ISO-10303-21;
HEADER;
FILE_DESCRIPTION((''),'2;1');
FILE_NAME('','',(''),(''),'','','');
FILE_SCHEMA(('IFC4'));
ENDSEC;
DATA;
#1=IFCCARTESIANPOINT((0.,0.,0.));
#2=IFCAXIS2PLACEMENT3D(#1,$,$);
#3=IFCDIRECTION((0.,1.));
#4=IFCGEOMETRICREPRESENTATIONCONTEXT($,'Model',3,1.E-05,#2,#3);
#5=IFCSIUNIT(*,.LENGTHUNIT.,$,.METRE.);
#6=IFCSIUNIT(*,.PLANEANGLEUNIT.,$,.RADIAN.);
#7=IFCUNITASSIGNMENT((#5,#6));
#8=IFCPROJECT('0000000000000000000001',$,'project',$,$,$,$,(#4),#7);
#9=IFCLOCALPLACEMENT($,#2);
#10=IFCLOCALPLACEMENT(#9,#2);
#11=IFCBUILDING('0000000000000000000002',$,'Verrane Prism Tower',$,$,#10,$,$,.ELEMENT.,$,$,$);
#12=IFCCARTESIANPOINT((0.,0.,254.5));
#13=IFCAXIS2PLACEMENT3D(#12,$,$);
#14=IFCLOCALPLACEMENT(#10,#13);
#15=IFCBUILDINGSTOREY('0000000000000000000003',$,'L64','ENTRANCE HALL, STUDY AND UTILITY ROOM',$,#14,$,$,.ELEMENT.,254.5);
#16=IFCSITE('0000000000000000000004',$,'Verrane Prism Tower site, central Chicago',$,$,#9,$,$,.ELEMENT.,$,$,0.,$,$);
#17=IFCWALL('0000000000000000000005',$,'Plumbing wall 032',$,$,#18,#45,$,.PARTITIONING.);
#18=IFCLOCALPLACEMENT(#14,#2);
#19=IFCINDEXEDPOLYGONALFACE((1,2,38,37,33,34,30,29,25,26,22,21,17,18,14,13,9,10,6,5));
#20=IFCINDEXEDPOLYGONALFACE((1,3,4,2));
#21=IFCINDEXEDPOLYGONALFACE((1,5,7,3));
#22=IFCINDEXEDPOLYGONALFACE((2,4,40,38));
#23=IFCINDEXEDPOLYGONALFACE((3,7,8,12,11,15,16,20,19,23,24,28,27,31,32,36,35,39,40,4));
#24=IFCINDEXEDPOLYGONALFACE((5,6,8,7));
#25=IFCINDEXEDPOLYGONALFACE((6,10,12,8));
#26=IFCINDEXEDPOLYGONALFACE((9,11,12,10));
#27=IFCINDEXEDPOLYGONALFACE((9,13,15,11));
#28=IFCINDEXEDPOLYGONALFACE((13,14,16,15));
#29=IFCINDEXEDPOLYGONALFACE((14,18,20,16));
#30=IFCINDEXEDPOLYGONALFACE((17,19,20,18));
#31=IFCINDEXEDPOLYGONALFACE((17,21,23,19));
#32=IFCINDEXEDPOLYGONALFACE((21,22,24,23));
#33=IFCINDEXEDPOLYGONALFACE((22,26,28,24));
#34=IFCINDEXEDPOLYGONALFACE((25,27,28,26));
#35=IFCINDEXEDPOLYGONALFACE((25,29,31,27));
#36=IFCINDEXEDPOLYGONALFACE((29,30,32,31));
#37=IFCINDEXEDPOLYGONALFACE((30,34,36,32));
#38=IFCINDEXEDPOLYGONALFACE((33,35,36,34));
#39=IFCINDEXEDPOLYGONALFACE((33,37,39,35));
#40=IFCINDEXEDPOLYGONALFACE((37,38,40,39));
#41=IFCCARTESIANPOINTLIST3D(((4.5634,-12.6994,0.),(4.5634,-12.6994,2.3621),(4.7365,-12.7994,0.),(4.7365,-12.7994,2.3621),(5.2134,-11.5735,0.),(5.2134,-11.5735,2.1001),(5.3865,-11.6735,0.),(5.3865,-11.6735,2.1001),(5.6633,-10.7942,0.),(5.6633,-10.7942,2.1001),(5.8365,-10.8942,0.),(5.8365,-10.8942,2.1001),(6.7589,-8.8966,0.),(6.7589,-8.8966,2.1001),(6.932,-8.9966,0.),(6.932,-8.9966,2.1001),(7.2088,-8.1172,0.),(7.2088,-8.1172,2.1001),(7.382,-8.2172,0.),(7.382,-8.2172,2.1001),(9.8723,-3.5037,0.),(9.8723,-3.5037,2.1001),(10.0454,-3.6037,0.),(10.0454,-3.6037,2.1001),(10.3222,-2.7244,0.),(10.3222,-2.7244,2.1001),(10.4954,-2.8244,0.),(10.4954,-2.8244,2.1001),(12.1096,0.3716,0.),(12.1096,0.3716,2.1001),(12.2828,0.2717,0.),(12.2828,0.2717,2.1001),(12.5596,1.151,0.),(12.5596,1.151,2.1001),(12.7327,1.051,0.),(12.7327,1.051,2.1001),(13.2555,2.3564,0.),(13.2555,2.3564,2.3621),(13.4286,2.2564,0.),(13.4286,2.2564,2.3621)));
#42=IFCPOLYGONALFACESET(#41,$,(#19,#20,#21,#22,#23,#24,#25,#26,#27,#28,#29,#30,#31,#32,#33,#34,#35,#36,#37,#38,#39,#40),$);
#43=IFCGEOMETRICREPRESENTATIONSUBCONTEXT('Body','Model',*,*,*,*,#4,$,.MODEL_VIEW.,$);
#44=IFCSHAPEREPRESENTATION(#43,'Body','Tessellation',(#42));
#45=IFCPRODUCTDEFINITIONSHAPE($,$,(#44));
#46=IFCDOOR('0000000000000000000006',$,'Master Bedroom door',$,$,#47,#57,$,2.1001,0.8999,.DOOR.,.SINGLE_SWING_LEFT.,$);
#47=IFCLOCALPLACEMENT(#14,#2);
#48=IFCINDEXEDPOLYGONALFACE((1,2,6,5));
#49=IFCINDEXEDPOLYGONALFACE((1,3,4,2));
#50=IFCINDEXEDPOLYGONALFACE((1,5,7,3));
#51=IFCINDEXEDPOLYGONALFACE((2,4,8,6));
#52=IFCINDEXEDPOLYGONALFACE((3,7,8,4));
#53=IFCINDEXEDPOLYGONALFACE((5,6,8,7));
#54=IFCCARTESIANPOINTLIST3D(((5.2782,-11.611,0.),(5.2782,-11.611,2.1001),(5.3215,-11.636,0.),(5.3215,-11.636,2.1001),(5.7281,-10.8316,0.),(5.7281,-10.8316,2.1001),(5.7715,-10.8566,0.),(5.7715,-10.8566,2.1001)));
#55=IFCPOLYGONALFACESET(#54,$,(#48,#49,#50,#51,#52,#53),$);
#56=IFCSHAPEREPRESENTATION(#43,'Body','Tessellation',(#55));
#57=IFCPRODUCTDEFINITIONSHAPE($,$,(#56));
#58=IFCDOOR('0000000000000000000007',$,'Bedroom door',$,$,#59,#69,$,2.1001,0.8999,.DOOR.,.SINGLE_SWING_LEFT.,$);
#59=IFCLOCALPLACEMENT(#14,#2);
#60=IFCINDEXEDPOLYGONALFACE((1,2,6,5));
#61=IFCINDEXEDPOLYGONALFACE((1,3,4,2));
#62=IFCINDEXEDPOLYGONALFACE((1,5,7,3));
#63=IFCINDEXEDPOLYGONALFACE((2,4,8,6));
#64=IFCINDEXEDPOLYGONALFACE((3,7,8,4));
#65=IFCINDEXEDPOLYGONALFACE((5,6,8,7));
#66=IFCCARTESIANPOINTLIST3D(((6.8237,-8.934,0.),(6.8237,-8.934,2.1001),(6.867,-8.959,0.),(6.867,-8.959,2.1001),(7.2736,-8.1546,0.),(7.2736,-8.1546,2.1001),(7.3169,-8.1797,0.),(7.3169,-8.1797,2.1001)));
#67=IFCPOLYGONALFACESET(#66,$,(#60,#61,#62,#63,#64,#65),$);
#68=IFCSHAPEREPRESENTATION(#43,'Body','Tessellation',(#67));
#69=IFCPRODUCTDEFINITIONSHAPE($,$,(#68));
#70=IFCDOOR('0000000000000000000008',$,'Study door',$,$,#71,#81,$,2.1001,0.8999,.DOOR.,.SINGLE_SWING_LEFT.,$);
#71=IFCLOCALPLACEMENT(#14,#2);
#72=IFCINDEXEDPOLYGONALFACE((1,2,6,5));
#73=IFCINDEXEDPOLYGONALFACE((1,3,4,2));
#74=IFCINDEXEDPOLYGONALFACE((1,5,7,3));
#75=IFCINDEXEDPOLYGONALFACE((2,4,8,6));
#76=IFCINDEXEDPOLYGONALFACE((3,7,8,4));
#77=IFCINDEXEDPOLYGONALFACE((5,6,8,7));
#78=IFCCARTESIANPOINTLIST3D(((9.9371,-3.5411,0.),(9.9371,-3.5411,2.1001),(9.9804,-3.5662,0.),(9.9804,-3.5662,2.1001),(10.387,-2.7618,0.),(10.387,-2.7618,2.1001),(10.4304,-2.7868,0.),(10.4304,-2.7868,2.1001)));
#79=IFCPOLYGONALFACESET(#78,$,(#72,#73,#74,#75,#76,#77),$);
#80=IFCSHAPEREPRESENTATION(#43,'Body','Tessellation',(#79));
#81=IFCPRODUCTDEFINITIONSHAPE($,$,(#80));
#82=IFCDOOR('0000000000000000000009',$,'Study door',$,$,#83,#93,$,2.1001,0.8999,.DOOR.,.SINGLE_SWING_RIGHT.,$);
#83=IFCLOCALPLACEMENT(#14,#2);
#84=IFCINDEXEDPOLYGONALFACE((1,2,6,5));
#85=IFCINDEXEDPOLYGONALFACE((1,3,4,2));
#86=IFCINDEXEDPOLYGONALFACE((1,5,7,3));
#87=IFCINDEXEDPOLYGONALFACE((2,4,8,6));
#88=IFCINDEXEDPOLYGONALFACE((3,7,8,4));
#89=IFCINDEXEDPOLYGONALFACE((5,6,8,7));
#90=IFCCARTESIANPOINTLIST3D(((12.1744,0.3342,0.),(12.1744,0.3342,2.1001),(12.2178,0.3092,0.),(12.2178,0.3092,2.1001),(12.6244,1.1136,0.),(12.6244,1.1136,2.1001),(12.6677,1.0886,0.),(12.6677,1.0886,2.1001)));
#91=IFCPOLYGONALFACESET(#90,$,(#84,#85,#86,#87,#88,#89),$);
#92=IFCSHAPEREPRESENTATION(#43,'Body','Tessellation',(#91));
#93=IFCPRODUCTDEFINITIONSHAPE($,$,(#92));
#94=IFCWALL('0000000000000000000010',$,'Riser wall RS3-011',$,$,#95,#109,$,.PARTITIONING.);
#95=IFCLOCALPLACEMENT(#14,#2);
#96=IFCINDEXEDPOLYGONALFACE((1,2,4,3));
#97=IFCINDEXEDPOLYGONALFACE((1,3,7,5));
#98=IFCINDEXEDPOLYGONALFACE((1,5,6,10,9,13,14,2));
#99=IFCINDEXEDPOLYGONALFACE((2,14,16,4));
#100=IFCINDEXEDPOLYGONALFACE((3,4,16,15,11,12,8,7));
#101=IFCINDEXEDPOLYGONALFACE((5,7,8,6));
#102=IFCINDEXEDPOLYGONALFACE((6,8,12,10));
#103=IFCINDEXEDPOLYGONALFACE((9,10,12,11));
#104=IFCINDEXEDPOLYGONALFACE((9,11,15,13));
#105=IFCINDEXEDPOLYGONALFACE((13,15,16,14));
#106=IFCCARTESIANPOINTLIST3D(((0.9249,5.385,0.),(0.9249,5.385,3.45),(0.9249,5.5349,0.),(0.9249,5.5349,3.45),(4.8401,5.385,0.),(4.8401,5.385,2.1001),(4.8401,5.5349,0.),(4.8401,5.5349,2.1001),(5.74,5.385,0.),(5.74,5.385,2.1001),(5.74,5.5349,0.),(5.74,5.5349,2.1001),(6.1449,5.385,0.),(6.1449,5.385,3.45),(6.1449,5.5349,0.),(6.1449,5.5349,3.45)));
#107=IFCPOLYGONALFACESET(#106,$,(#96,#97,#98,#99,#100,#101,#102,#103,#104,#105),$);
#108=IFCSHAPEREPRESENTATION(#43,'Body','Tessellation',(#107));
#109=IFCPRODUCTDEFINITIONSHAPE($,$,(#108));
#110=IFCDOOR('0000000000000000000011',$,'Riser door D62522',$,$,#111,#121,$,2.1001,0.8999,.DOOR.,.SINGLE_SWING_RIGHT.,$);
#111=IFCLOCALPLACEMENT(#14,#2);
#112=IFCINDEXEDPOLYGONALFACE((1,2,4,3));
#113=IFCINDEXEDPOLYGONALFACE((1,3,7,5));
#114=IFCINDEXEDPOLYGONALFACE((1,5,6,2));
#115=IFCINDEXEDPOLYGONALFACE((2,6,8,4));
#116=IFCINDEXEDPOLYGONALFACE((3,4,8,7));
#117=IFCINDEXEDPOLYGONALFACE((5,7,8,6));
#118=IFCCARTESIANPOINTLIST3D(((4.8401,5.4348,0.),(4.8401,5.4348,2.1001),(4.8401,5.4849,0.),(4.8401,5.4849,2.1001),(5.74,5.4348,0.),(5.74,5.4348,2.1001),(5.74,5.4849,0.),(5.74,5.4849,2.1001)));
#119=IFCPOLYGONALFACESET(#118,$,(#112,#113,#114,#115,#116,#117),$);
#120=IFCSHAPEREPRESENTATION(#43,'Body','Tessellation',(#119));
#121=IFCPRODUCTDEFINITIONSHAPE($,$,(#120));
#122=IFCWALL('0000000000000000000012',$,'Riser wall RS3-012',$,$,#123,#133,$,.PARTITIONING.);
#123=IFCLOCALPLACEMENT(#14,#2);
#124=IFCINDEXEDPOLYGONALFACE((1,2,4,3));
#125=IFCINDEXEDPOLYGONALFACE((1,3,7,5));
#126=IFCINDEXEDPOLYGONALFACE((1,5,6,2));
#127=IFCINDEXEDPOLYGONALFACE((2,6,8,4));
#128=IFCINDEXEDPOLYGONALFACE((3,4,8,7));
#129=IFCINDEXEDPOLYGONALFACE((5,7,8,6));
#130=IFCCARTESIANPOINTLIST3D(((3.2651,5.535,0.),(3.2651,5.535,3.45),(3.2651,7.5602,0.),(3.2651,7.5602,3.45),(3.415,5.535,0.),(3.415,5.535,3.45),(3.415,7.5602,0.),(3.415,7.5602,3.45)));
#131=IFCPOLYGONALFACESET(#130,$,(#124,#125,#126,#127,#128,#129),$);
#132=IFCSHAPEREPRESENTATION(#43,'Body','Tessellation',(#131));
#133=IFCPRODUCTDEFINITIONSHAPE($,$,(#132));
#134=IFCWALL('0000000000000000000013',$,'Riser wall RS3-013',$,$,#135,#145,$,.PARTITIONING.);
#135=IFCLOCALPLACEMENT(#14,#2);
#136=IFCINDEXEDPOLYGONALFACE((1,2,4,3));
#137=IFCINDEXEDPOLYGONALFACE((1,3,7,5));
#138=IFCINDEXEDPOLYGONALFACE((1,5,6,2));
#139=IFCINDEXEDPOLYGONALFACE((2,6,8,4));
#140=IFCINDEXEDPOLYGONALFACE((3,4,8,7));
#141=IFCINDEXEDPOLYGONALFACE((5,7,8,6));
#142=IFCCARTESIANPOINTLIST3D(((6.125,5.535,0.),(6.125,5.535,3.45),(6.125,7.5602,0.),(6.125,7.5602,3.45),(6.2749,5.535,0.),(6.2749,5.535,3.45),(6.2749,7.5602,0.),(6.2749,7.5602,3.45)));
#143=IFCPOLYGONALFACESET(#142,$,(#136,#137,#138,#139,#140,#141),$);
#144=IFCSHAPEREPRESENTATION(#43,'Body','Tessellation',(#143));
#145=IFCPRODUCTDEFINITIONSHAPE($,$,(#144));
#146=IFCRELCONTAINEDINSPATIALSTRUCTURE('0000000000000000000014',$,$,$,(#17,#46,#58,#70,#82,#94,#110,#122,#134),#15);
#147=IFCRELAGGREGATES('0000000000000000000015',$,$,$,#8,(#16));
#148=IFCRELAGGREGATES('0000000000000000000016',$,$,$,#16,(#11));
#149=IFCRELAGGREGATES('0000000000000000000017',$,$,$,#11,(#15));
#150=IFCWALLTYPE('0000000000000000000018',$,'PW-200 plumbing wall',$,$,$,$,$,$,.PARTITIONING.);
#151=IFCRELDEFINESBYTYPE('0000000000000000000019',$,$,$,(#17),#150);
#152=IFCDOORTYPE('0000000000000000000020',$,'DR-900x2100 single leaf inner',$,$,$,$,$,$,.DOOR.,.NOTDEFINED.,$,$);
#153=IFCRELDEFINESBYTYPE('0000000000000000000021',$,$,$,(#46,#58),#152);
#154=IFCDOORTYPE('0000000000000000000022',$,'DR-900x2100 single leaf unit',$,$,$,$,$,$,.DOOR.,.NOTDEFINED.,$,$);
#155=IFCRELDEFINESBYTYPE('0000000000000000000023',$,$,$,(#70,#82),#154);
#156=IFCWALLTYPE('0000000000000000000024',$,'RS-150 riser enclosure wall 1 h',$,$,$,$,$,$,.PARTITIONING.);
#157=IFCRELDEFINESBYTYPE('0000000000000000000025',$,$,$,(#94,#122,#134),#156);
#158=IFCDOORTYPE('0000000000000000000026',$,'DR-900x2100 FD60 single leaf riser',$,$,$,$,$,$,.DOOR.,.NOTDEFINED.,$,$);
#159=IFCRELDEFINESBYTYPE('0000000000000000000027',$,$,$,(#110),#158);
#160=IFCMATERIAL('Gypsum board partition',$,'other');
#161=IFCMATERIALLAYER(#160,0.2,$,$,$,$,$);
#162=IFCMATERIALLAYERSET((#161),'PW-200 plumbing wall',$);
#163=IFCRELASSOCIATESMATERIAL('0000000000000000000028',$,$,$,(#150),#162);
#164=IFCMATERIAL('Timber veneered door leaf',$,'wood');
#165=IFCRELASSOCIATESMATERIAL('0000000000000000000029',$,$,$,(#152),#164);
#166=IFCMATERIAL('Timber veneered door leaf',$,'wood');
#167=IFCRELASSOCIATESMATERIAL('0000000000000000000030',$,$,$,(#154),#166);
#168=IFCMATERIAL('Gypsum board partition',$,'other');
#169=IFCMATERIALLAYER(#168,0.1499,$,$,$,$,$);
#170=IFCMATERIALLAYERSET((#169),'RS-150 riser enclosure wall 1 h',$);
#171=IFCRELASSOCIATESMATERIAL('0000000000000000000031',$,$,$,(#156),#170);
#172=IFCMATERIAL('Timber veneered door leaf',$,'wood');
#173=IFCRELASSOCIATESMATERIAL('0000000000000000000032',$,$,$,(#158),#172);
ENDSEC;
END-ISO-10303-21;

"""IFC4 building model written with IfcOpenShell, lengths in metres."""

from ifc_helpers import new_model, si_unit, direction, frame, frame_2d, origin, place, context, subcontext, project, spatial, rectangle, extrude, material, layer, layer_set, type_object, element, fill, save


model = new_model("IFC4")

# Units and contexts
model_context = context("Model", 3, precision=1e-05, world=origin(), true_north=direction((0.0, 1.0)))
body_context = subcontext(model_context, "Body", "Model", "MODEL_VIEW")
ifc_project = project(units=[si_unit("LENGTHUNIT", "METRE"), si_unit("PLANEANGLEUNIT", "RADIAN")], contexts=[model_context])

# Site, building, storey
site_placement = place(None, origin())
site = spatial("IfcSite", under=ifc_project, at=site_placement, Name="Verrane Prism Tower site, central Chicago", CompositionType="ELEMENT", RefElevation=0.0)
building_placement = place(site_placement, origin())
building = spatial("IfcBuilding", under=site, at=building_placement, Name="Verrane Prism Tower", CompositionType="ELEMENT")
storey_placement = place(building_placement, frame((0.0, 0.0, 254.5)))
storey = spatial("IfcBuildingStorey", under=building, at=storey_placement, Name="L64", Description="ENTRANCE HALL, STUDY AND UTILITY ROOM", CompositionType="ELEMENT", Elevation=254.5)

# Wall, openings, doors
ifc_material_1 = material(Name="Gypsum board partition", Category="other")
ifc_layer_1 = layer(ifc_material_1, 0.2)
ifc_layer_set_1 = layer_set([ifc_layer_1], Name="PW-200 plumbing wall")
wall_type_1 = type_object("IfcWallType", Name="PW-200 plumbing wall", PredefinedType="PARTITIONING", material=ifc_layer_set_1)
wall_1_placement = place(storey_placement, frame((13.342, 2.3064, 0.0), z_axis=(0.0, 0.0, 1.0), x_axis=(-0.499983, -0.866035, 0.0)))
wall_1 = element("IfcWall", 1, at=wall_1_placement, inside=storey, type_object=wall_type_1, Name="Plumbing wall 032", PredefinedType="PARTITIONING", context=body_context, shape_type="SweptSolid", body=[
    extrude(rectangle(XDim=17.3848, YDim=0.2, at=frame_2d((8.6924, 0.0))), origin(), (0.0, 0.0, 1.0), 2.3621),
])
opening_1_placement = place(wall_1_placement, frame((15.1848, 0.0, 0.0)))
opening_1 = element("IfcOpeningElement", 2, at=opening_1_placement, cuts=wall_1, PredefinedType="OPENING", context=body_context, shape_type="SweptSolid", body=[
    extrude(rectangle(XDim=0.8999, YDim=2.1001, at=frame_2d((0.45, 1.05))), frame((0.0, 0.1099, 0.0), z_axis=(0.0, -1.0, 0.0), x_axis=(1.0, 0.0, 0.0)), (0.0, 0.0, 1.0), 0.22),
])
opening_2_placement = place(wall_1_placement, frame((12.0938, 0.0, 0.0)))
opening_2 = element("IfcOpeningElement", 3, at=opening_2_placement, cuts=wall_1, PredefinedType="OPENING", context=body_context, shape_type="SweptSolid", body=[
    extrude(rectangle(XDim=0.8999, YDim=2.1001, at=frame_2d((0.45, 1.05))), frame((0.0, 0.1099, 0.0), z_axis=(0.0, -1.0, 0.0), x_axis=(1.0, 0.0, 0.0)), (0.0, 0.0, 1.0), 0.22),
])
opening_3_placement = place(wall_1_placement, frame((5.8667, 0.0, 0.0)))
opening_3 = element("IfcOpeningElement", 4, at=opening_3_placement, cuts=wall_1, PredefinedType="OPENING", context=body_context, shape_type="SweptSolid", body=[
    extrude(rectangle(XDim=0.8999, YDim=2.1001, at=frame_2d((0.45, 1.05))), frame((0.0, 0.1099, 0.0), z_axis=(0.0, -1.0, 0.0), x_axis=(1.0, 0.0, 0.0)), (0.0, 0.0, 1.0), 0.22),
])
opening_4_placement = place(wall_1_placement, frame((1.3918, 0.0, 0.0)))
opening_4 = element("IfcOpeningElement", 5, at=opening_4_placement, cuts=wall_1, PredefinedType="OPENING", context=body_context, shape_type="SweptSolid", body=[
    extrude(rectangle(XDim=0.8999, YDim=2.1001, at=frame_2d((0.45, 1.05))), frame((0.0, 0.1099, 0.0), z_axis=(0.0, -1.0, 0.0), x_axis=(1.0, 0.0, 0.0)), (0.0, 0.0, 1.0), 0.22),
])
ifc_material_2 = material(Name="Timber veneered door leaf", Category="wood")
door_type_1 = type_object("IfcDoorType", Name="DR-900x2100 single leaf inner", OperationType="NOTDEFINED", PredefinedType="DOOR", material=ifc_material_2)
door_1_placement = place(opening_1_placement, origin())
door_1 = element("IfcDoor", 6, at=door_1_placement, inside=storey, type_object=door_type_1, Name="Master Bedroom door", OperationType="SINGLE_SWING_LEFT", OverallHeight=2.1001, OverallWidth=0.8999, PredefinedType="DOOR", context=body_context, shape_type="SweptSolid", body=[
    extrude(rectangle(XDim=0.8999, YDim=2.1001, at=frame_2d((0.45, 1.05))), frame((0.0, 0.0249, 0.0), z_axis=(0.0, -1.0, 0.0), x_axis=(1.0, 0.0, 0.0)), (0.0, 0.0, 1.0), 0.05),
])
fill(opening_1, door_1)
door_2_placement = place(opening_2_placement, origin())
door_2 = element("IfcDoor", 7, at=door_2_placement, inside=storey, type_object=door_type_1, Name="Bedroom door", OperationType="SINGLE_SWING_LEFT", OverallHeight=2.1001, OverallWidth=0.8999, PredefinedType="DOOR", context=body_context, shape_type="SweptSolid", body=[
    extrude(rectangle(XDim=0.8999, YDim=2.1001, at=frame_2d((0.45, 1.05))), frame((0.0, 0.0249, 0.0), z_axis=(0.0, -1.0, 0.0), x_axis=(1.0, 0.0, 0.0)), (0.0, 0.0, 1.0), 0.05),
])
fill(opening_2, door_2)
ifc_material_3 = material(Name="Timber veneered door leaf", Category="wood")
door_type_2 = type_object("IfcDoorType", Name="DR-900x2100 single leaf unit", OperationType="NOTDEFINED", PredefinedType="DOOR", material=ifc_material_3)
door_3_placement = place(opening_3_placement, origin())
door_3 = element("IfcDoor", 8, at=door_3_placement, inside=storey, type_object=door_type_2, Name="Study door", OperationType="SINGLE_SWING_LEFT", OverallHeight=2.1001, OverallWidth=0.8999, PredefinedType="DOOR", context=body_context, shape_type="SweptSolid", body=[
    extrude(rectangle(XDim=0.8999, YDim=2.1001, at=frame_2d((0.45, 1.05))), frame((0.0, 0.0249, 0.0), z_axis=(0.0, -1.0, 0.0), x_axis=(1.0, 0.0, 0.0)), (0.0, 0.0, 1.0), 0.05),
])
fill(opening_3, door_3)
door_4_placement = place(opening_4_placement, origin())
door_4 = element("IfcDoor", 9, at=door_4_placement, inside=storey, type_object=door_type_2, Name="Study door", OperationType="SINGLE_SWING_RIGHT", OverallHeight=2.1001, OverallWidth=0.8999, PredefinedType="DOOR", context=body_context, shape_type="SweptSolid", body=[
    extrude(rectangle(XDim=0.8999, YDim=2.1001, at=frame_2d((0.45, 1.05))), frame((0.0, 0.0249, 0.0), z_axis=(0.0, -1.0, 0.0), x_axis=(1.0, 0.0, 0.0)), (0.0, 0.0, 1.0), 0.05),
])
fill(opening_4, door_4)

# Wall, opening, door
ifc_material_4 = material(Name="Gypsum board partition", Category="other")
ifc_layer_2 = layer(ifc_material_4, 0.1499)
ifc_layer_set_2 = layer_set([ifc_layer_2], Name="RS-150 riser enclosure wall 1 h")
wall_type_2 = type_object("IfcWallType", Name="RS-150 riser enclosure wall 1 h", PredefinedType="PARTITIONING", material=ifc_layer_set_2)
wall_2_placement = place(storey_placement, frame((0.925, 5.46, 0.0), z_axis=(0.0, 0.0, 1.0), x_axis=(1.0, 0.0, 0.0)))
wall_2 = element("IfcWall", 10, at=wall_2_placement, inside=storey, type_object=wall_type_2, Name="Riser wall RS3-011", PredefinedType="PARTITIONING", context=body_context, shape_type="SweptSolid", body=[
    extrude(rectangle(XDim=5.22, YDim=0.1499, at=frame_2d((2.6099, 0.0))), origin(), (0.0, 0.0, 1.0), 3.45),
])
opening_5_placement = place(wall_2_placement, frame((3.915, 0.0, 0.0)))
opening_5 = element("IfcOpeningElement", 11, at=opening_5_placement, cuts=wall_2, PredefinedType="OPENING", context=body_context, shape_type="SweptSolid", body=[
    extrude(rectangle(XDim=0.8999, YDim=2.1001, at=frame_2d((0.45, 1.05))), frame((0.0, 0.085, 0.0), z_axis=(0.0, -1.0, 0.0), x_axis=(1.0, 0.0, 0.0)), (0.0, 0.0, 1.0), 0.1699),
])
ifc_material_5 = material(Name="Timber veneered door leaf", Category="wood")
door_type_3 = type_object("IfcDoorType", Name="DR-900x2100 FD60 single leaf riser", OperationType="NOTDEFINED", PredefinedType="DOOR", material=ifc_material_5)
door_5_placement = place(opening_5_placement, origin())
door_5 = element("IfcDoor", 12, at=door_5_placement, inside=storey, type_object=door_type_3, Name="Riser door D62522", OperationType="SINGLE_SWING_RIGHT", OverallHeight=2.1001, OverallWidth=0.8999, PredefinedType="DOOR", context=body_context, shape_type="SweptSolid", body=[
    extrude(rectangle(XDim=0.8999, YDim=2.1001, at=frame_2d((0.45, 1.05))), frame((0.0, 0.0249, 0.0), z_axis=(0.0, -1.0, 0.0), x_axis=(1.0, 0.0, 0.0)), (0.0, 0.0, 1.0), 0.05),
])
fill(opening_5, door_5)

# Walls
for number, where, z_axis, x_axis, name in (
    (13, (3.3401, 5.5349, 0.0), (0.0, 0.0, 1.0), (0.0, 1.0, 0.0), "Riser wall RS3-012"),
    (14, (6.2, 5.5349, 0.0), (0.0, 0.0, 1.0), (0.0, 1.0, 0.0), "Riser wall RS3-013"),
):
    element("IfcWall", number, at=place(storey_placement, frame(where, z_axis=z_axis, x_axis=x_axis)), inside=storey, type_object=wall_type_2, Name=name, PredefinedType="PARTITIONING", context=body_context, shape_type="SweptSolid", body=[
        extrude(rectangle(XDim=2.0251, YDim=0.1499, at=frame_2d((1.0127, 0.0))), origin(), (0.0, 0.0, 1.0), 3.45),
    ])

save(model, "model.ifc")
